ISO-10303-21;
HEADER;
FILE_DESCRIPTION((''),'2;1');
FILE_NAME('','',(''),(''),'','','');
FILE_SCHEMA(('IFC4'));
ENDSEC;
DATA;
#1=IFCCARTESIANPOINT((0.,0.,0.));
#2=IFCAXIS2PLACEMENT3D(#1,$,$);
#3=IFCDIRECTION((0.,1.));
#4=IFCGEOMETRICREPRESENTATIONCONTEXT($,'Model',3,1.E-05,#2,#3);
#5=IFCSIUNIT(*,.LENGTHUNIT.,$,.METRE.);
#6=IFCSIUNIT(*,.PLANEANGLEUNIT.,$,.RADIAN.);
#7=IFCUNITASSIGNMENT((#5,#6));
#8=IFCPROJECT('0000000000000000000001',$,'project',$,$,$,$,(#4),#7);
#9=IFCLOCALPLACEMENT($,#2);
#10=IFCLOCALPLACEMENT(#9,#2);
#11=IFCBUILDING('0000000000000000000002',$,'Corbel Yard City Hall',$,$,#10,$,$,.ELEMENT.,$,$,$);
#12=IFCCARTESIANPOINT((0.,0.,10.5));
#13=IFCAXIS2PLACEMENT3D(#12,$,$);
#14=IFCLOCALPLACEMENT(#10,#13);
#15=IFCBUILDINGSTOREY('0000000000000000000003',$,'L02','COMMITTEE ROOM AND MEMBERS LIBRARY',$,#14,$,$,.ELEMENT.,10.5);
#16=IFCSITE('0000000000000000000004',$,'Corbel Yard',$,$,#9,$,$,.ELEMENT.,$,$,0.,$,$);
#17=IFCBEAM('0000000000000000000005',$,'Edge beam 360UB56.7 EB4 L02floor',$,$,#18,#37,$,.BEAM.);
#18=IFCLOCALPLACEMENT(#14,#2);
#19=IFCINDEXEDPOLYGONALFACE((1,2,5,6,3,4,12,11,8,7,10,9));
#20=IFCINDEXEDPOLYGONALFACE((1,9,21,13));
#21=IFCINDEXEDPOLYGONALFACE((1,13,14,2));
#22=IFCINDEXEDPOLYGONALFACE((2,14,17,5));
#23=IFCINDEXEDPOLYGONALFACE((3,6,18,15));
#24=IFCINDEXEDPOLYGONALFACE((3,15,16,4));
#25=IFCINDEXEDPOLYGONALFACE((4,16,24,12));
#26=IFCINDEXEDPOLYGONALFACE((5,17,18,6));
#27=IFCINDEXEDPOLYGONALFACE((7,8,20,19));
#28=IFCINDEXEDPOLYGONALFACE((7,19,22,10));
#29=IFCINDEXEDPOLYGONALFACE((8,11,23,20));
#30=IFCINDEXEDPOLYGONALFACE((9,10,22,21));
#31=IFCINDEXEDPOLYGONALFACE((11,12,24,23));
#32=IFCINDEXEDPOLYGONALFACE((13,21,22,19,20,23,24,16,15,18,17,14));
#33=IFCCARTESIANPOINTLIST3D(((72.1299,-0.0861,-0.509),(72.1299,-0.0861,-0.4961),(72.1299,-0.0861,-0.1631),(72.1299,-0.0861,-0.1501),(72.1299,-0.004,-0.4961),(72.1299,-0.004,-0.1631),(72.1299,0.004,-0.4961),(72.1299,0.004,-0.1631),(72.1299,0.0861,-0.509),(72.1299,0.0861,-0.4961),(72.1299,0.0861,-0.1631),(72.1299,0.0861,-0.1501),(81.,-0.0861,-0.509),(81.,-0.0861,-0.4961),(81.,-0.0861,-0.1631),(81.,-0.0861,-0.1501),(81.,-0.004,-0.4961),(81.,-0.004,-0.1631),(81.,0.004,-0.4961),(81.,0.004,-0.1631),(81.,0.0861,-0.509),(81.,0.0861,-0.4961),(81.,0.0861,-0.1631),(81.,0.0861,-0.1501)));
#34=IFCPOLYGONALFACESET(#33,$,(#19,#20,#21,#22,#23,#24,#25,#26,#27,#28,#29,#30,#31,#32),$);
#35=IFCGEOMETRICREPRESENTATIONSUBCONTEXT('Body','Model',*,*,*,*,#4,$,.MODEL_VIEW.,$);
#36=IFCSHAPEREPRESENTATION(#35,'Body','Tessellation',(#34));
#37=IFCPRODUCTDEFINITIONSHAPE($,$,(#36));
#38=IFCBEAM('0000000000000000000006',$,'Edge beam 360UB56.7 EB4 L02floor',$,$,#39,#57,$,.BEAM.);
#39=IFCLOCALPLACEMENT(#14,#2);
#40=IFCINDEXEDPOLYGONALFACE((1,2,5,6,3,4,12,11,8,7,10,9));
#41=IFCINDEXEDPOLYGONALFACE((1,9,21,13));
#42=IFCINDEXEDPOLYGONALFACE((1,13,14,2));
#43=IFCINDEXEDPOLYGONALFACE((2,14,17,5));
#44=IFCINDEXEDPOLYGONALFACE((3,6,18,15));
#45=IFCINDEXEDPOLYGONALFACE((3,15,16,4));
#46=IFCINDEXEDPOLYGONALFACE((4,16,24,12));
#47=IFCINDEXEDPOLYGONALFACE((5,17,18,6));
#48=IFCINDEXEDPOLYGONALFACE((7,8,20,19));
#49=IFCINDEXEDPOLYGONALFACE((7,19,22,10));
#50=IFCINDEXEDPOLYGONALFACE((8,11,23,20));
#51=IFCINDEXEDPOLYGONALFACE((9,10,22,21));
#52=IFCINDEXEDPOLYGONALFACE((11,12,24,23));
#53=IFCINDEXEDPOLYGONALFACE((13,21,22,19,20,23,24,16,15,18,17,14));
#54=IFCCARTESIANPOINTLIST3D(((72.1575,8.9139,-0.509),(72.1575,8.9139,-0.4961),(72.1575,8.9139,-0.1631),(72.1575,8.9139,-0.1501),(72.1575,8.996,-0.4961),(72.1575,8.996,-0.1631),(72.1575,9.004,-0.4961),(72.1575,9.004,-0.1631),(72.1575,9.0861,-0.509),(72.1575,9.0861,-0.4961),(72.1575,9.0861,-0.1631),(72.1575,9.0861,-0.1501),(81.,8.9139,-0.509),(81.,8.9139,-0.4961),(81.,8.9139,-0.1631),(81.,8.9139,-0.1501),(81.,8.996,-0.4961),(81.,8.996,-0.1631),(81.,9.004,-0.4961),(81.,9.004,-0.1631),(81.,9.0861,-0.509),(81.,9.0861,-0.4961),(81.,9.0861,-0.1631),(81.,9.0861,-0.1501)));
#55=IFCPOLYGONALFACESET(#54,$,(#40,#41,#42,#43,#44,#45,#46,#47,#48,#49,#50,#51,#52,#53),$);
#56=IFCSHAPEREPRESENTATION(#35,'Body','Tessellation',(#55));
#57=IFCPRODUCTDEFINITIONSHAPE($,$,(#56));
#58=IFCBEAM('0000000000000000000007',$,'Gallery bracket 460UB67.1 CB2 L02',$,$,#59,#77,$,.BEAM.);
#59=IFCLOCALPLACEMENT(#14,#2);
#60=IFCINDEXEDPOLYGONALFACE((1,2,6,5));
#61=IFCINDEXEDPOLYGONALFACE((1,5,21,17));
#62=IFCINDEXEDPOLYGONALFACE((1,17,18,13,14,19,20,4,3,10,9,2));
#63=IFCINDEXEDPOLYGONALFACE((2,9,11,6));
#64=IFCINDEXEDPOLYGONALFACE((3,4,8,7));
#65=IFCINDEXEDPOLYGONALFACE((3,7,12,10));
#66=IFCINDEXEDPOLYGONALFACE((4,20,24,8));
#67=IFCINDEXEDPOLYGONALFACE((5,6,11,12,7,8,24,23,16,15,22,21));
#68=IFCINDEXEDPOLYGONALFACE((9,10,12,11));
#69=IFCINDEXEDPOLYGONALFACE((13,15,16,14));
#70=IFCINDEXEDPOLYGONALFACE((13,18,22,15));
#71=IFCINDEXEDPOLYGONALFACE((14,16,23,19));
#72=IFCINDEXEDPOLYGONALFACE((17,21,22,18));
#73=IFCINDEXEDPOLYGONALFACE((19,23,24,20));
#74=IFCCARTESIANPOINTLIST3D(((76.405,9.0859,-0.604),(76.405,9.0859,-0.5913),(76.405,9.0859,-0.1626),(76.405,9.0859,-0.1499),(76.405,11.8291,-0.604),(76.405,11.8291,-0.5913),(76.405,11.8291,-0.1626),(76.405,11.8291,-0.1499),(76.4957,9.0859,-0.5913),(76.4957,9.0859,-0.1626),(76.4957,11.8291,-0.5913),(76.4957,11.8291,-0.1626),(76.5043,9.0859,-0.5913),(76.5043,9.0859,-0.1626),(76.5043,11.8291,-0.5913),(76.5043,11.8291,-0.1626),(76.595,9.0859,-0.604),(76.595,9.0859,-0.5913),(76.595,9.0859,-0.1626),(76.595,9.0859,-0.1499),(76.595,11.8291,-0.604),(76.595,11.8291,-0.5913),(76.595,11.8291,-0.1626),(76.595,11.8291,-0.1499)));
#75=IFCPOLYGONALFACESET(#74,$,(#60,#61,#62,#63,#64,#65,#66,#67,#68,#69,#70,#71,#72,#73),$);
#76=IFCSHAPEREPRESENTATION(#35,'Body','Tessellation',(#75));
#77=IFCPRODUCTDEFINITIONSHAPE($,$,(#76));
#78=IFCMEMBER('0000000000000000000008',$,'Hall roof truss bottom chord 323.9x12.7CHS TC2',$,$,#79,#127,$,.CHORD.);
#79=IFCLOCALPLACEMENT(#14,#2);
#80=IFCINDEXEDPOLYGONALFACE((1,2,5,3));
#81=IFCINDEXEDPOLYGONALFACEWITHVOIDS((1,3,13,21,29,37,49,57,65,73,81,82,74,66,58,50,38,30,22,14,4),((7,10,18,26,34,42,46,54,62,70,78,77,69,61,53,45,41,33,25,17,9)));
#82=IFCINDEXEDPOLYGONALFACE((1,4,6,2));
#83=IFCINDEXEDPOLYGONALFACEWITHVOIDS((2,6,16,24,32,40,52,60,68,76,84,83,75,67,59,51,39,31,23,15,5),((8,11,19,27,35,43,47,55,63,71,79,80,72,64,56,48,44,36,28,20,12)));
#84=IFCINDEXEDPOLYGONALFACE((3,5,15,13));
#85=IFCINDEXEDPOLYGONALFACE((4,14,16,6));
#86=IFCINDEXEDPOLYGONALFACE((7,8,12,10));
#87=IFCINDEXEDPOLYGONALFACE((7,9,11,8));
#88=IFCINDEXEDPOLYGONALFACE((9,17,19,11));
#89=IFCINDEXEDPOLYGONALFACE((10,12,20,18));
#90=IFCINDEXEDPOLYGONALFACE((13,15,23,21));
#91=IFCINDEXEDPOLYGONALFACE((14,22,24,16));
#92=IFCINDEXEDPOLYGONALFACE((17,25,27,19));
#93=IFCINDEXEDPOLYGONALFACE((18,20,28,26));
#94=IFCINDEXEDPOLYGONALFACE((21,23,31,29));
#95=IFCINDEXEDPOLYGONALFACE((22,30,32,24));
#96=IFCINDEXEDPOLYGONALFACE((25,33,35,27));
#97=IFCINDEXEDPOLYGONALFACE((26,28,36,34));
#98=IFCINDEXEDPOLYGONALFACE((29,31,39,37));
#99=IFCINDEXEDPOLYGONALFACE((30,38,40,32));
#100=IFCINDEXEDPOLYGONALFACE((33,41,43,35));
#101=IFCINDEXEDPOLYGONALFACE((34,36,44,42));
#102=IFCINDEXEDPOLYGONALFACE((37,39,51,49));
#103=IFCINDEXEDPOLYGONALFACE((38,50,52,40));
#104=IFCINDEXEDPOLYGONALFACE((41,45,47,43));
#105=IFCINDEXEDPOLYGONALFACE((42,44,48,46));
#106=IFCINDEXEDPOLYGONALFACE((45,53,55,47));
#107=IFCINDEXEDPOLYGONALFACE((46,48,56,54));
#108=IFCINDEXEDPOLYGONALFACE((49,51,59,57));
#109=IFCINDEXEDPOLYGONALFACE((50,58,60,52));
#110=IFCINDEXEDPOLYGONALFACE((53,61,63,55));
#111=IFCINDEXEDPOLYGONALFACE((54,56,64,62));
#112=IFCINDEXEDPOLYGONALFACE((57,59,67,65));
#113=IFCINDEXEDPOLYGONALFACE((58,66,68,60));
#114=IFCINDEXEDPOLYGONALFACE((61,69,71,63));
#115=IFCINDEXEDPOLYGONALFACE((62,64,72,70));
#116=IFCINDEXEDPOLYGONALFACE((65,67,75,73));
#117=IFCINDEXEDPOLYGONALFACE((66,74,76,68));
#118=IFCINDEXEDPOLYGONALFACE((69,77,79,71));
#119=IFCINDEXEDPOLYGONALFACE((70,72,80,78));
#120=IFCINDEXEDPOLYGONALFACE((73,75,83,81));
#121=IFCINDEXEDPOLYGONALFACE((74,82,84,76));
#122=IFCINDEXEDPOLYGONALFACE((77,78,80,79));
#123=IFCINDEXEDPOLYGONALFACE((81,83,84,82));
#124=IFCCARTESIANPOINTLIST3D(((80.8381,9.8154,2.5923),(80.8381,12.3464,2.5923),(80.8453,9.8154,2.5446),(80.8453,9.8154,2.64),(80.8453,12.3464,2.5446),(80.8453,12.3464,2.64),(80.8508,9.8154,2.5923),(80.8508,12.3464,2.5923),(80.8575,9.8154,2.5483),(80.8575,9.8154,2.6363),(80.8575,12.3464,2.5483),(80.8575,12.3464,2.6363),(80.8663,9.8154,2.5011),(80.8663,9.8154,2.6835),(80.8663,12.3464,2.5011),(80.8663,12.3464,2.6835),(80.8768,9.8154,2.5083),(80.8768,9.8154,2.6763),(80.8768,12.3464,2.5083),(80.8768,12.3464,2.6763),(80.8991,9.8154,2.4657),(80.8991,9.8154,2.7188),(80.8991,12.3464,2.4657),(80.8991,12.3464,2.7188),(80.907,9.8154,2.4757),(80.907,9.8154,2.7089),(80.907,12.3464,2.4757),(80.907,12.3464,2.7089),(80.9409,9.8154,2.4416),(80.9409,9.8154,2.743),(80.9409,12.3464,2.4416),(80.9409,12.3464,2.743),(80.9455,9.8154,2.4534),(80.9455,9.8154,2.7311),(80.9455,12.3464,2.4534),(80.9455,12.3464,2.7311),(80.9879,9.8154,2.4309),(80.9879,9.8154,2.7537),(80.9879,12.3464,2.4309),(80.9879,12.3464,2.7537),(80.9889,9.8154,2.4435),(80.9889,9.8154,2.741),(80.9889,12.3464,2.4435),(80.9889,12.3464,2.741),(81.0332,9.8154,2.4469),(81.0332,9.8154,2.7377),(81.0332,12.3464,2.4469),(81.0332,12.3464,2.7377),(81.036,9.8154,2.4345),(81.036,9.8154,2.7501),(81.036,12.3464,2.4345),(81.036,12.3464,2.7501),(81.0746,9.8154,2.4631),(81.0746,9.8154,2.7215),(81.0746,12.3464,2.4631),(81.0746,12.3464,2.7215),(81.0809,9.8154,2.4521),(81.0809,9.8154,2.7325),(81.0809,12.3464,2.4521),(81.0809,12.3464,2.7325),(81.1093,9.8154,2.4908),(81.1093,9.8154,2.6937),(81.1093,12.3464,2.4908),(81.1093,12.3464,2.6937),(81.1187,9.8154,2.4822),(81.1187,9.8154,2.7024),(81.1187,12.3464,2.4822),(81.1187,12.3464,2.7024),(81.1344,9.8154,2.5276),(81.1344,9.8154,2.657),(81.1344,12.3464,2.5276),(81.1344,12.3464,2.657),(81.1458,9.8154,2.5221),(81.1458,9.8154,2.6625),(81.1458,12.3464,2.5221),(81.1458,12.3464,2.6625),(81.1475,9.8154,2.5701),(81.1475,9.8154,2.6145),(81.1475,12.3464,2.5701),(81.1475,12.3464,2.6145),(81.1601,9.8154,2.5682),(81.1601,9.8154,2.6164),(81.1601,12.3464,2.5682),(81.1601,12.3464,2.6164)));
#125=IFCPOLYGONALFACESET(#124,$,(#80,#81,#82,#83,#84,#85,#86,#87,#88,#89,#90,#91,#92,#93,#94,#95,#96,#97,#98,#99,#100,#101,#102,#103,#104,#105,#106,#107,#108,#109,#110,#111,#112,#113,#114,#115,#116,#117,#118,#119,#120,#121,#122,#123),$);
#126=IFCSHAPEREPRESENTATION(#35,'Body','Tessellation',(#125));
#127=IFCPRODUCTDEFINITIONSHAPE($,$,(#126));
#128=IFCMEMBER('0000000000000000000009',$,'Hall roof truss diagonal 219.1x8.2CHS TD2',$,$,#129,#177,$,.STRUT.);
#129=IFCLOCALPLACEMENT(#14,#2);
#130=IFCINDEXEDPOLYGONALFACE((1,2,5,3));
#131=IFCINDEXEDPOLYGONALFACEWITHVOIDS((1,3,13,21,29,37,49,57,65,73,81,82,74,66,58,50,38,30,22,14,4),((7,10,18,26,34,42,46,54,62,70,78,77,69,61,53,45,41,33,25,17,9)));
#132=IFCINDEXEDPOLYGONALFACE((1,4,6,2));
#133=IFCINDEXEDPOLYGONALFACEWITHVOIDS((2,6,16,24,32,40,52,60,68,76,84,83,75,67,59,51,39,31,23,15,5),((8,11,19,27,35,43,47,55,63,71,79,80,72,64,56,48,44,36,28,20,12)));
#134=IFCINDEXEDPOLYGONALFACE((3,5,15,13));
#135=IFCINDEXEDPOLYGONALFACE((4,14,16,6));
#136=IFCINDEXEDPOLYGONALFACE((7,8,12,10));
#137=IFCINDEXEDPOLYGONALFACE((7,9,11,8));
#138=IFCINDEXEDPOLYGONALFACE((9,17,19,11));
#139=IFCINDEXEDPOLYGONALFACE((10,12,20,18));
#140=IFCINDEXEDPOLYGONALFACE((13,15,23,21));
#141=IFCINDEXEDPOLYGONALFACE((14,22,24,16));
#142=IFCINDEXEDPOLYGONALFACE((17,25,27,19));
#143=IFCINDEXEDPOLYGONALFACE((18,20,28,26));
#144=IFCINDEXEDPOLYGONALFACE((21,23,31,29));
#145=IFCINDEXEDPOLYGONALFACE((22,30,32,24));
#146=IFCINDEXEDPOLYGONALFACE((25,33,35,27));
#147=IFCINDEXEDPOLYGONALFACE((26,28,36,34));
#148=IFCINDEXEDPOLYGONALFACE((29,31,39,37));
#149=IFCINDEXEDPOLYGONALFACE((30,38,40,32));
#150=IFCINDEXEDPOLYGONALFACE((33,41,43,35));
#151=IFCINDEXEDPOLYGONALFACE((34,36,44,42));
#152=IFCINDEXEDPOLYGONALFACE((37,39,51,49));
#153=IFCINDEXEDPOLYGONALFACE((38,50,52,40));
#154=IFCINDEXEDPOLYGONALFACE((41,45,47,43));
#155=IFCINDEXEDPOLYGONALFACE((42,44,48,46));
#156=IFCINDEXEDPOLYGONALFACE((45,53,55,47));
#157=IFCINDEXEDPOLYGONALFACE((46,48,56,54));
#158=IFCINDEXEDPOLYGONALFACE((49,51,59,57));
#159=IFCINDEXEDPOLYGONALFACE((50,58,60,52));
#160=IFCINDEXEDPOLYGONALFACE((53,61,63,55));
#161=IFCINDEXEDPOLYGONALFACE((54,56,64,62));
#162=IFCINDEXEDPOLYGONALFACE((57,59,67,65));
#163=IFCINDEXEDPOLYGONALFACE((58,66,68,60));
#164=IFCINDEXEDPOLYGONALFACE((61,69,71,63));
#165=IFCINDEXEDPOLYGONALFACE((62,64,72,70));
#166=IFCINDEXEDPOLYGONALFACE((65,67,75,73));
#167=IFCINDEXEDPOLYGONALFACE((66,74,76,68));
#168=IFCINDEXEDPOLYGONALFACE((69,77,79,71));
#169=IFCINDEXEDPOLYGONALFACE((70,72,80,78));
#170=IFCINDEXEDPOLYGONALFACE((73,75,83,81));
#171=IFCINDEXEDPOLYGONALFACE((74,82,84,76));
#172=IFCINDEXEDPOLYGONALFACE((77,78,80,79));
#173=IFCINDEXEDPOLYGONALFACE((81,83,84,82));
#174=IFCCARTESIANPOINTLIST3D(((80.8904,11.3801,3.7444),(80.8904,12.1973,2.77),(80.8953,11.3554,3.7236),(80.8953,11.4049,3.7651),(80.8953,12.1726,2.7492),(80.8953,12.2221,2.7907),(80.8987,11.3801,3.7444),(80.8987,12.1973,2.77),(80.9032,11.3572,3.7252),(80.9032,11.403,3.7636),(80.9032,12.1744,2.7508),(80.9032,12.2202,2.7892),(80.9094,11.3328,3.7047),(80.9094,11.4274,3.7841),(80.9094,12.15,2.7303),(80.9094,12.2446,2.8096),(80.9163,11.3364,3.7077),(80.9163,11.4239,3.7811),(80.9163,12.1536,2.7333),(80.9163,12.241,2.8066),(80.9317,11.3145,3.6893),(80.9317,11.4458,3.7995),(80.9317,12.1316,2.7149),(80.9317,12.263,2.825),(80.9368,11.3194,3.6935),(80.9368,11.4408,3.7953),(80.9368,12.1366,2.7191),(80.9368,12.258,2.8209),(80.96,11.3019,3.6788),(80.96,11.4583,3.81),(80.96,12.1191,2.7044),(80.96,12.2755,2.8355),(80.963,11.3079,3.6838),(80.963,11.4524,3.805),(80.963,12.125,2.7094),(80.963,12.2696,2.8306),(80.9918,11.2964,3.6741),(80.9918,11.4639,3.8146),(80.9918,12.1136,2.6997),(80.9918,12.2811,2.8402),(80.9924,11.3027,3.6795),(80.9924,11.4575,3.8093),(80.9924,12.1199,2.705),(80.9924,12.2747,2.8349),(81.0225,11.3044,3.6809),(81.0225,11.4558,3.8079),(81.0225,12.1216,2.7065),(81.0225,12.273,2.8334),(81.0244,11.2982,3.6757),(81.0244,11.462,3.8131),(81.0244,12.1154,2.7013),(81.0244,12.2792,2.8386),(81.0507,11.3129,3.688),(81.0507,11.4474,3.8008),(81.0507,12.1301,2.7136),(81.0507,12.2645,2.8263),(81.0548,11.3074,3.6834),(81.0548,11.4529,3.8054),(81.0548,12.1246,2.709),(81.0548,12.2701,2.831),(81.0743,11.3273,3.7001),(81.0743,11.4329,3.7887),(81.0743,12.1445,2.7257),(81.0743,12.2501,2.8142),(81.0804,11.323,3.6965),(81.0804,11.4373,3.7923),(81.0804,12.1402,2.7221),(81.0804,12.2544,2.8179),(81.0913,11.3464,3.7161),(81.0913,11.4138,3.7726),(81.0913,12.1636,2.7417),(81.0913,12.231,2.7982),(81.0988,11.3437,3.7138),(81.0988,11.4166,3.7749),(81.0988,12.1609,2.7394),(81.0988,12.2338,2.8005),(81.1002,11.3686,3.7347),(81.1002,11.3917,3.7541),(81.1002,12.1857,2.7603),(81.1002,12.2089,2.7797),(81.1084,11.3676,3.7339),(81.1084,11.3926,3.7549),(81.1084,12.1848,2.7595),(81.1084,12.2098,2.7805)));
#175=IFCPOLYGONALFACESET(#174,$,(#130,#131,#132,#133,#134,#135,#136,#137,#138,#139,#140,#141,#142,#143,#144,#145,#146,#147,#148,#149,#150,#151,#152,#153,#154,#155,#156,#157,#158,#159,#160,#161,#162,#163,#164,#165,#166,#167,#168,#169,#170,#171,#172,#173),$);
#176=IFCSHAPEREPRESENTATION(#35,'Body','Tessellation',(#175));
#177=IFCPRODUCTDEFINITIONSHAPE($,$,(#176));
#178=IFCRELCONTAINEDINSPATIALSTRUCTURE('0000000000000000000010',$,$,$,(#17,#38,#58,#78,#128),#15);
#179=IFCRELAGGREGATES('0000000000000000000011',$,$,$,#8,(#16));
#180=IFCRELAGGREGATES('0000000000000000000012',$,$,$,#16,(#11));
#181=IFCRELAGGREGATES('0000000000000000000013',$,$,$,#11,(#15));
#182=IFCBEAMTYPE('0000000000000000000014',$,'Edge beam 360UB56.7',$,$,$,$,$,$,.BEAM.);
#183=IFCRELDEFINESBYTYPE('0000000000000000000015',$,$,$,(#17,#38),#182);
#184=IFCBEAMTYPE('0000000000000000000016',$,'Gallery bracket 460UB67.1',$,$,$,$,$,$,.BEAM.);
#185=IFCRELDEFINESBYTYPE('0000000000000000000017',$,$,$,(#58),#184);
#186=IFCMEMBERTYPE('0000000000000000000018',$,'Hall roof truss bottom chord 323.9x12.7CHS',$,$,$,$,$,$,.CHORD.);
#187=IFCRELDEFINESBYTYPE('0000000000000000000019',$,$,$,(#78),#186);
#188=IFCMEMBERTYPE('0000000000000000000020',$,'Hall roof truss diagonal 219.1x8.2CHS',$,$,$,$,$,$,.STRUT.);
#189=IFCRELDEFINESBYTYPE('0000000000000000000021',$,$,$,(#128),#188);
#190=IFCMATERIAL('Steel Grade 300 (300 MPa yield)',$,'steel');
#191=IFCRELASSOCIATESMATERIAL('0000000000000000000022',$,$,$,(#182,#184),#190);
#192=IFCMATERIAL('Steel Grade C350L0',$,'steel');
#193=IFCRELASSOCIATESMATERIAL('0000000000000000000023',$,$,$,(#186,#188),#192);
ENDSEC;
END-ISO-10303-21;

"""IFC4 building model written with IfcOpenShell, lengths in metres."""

from ifc_helpers import new_model, si_unit, direction, frame, origin, origin_2d, place, context, subcontext, project, spatial, hollow_circle, i_section, extrude, material, material_profile, profile_set, type_object, element, save


model = new_model("IFC4")

# Units and contexts
model_context = context("Model", 3, precision=1e-05, world=origin(), true_north=direction((0.0, 1.0)))
body_context = subcontext(model_context, "Body", "Model", "MODEL_VIEW")
ifc_project = project(units=[si_unit("LENGTHUNIT", "METRE"), si_unit("PLANEANGLEUNIT", "RADIAN")], contexts=[model_context])

# Site, building, storey
site_placement = place(None, origin())
site = spatial("IfcSite", under=ifc_project, at=site_placement, Name="Corbel Yard", CompositionType="ELEMENT", RefElevation=0.0)
building_placement = place(site_placement, origin())
building = spatial("IfcBuilding", under=site, at=building_placement, Name="Corbel Yard City Hall", CompositionType="ELEMENT")
storey_placement = place(building_placement, frame((0.0, 0.0, 10.5)))
storey = spatial("IfcBuildingStorey", under=building, at=storey_placement, Name="L02", Description="COMMITTEE ROOM AND MEMBERS LIBRARY", CompositionType="ELEMENT", Elevation=10.5)

# Beams
ifc_material_1 = material(Name="Steel Grade 300 (300 MPa yield)", Category="steel")
ifc_material_profile_1 = material_profile(ifc_material_1, i_section(OverallWidth=0.1721, OverallDepth=0.3589, WebThickness=0.0081, FlangeThickness=0.0129, at=origin_2d()), Name="360UB56.7")
ifc_profile_set_1 = profile_set([ifc_material_profile_1], Name="Steel Grade 300 (300 MPa yield)")
beam_type_1 = type_object("IfcBeamType", Name="Edge beam 360UB56.7", PredefinedType="BEAM", material=ifc_profile_set_1)
beam_1_placement = place(storey_placement, frame((72.1299, 0.0, -0.3296), z_axis=(1.0, 0.0, 0.0), x_axis=(0.0, 1.0, 0.0)))
element("IfcBeam", 1, at=beam_1_placement, inside=storey, type_object=beam_type_1, Name="Edge beam 360UB56.7 EB4 L02floor", PredefinedType="BEAM", context=body_context, shape_type="SweptSolid", body=[
    extrude(i_section(OverallWidth=0.1721, OverallDepth=0.3589, WebThickness=0.0081, FlangeThickness=0.0129, at=origin_2d()), origin(), (0.0, 0.0, 1.0), 8.8701),
])
beam_2_placement = place(storey_placement, frame((72.1575, 9.0, -0.3296), z_axis=(1.0, 0.0, 0.0), x_axis=(0.0, 1.0, 0.0)))
element("IfcBeam", 2, at=beam_2_placement, inside=storey, type_object=beam_type_1, Name="Edge beam 360UB56.7 EB4 L02floor", PredefinedType="BEAM", context=body_context, shape_type="SweptSolid", body=[
    extrude(i_section(OverallWidth=0.1721, OverallDepth=0.3589, WebThickness=0.0081, FlangeThickness=0.0129, at=origin_2d()), origin(), (0.0, 0.0, 1.0), 8.8425),
])
ifc_material_profile_2 = material_profile(ifc_material_1, i_section(OverallWidth=0.1899, OverallDepth=0.4541, WebThickness=0.0085, FlangeThickness=0.0127, at=origin_2d()), Name="460UB67.1")
ifc_profile_set_2 = profile_set([ifc_material_profile_2], Name="Steel Grade 300 (300 MPa yield)")
beam_type_2 = type_object("IfcBeamType", Name="Gallery bracket 460UB67.1", PredefinedType="BEAM", material=ifc_profile_set_2)
beam_3_placement = place(storey_placement, frame((76.5, 9.0859, -0.377), z_axis=(0.0, 1.0, 0.0), x_axis=(-1.0, 0.0, 0.0)))
element("IfcBeam", 3, at=beam_3_placement, inside=storey, type_object=beam_type_2, Name="Gallery bracket 460UB67.1 CB2 L02", PredefinedType="BEAM", context=body_context, shape_type="SweptSolid", body=[
    extrude(i_section(OverallWidth=0.1899, OverallDepth=0.4541, WebThickness=0.0085, FlangeThickness=0.0127, at=origin_2d()), origin(), (0.0, 0.0, 1.0), 2.7432),
])

# Members
ifc_material_2 = material(Name="Steel Grade C350L0", Category="steel")
ifc_material_profile_3 = material_profile(ifc_material_2, hollow_circle(Radius=0.1619, WallThickness=0.0127, at=origin_2d()), Name="323.9x12.7CHS")
ifc_profile_set_3 = profile_set([ifc_material_profile_3], Name="Steel Grade C350L0")
member_type_1 = type_object("IfcMemberType", Name="Hall roof truss bottom chord 323.9x12.7CHS", PredefinedType="CHORD", material=ifc_profile_set_3)
member_1_placement = place(storey_placement, frame((81.0, 9.8154, 2.5923), z_axis=(0.0, 1.0, 0.0), x_axis=(-1.0, 0.0, 0.0)))
element("IfcMember", 4, at=member_1_placement, inside=storey, type_object=member_type_1, Name="Hall roof truss bottom chord 323.9x12.7CHS TC2", PredefinedType="CHORD", context=body_context, shape_type="SweptSolid", body=[
    extrude(hollow_circle(Radius=0.1619, WallThickness=0.0127, at=origin_2d()), origin(), (0.0, 0.0, 1.0), 2.531),
])
ifc_material_profile_4 = material_profile(ifc_material_2, hollow_circle(Radius=0.1096, WallThickness=0.0083, at=origin_2d()), Name="219.1x8.2CHS")
ifc_profile_set_4 = profile_set([ifc_material_profile_4], Name="Steel Grade C350L0")
member_type_2 = type_object("IfcMemberType", Name="Hall roof truss diagonal 219.1x8.2CHS", PredefinedType="STRUT", material=ifc_profile_set_4)
member_2_placement = place(storey_placement, frame((81.0, 11.3801, 3.7444), z_axis=(0.0, 0.64258, -0.766219), x_axis=(-1.0, 0.0, 0.0)))
element("IfcMember", 5, at=member_2_placement, inside=storey, type_object=member_type_2, Name="Hall roof truss diagonal 219.1x8.2CHS TD2", PredefinedType="STRUT", context=body_context, shape_type="SweptSolid", body=[
    extrude(hollow_circle(Radius=0.1096, WallThickness=0.0083, at=origin_2d()), origin(), (0.0, 0.0, 1.0), 1.2717),
])

save(model, "model.ifc")
